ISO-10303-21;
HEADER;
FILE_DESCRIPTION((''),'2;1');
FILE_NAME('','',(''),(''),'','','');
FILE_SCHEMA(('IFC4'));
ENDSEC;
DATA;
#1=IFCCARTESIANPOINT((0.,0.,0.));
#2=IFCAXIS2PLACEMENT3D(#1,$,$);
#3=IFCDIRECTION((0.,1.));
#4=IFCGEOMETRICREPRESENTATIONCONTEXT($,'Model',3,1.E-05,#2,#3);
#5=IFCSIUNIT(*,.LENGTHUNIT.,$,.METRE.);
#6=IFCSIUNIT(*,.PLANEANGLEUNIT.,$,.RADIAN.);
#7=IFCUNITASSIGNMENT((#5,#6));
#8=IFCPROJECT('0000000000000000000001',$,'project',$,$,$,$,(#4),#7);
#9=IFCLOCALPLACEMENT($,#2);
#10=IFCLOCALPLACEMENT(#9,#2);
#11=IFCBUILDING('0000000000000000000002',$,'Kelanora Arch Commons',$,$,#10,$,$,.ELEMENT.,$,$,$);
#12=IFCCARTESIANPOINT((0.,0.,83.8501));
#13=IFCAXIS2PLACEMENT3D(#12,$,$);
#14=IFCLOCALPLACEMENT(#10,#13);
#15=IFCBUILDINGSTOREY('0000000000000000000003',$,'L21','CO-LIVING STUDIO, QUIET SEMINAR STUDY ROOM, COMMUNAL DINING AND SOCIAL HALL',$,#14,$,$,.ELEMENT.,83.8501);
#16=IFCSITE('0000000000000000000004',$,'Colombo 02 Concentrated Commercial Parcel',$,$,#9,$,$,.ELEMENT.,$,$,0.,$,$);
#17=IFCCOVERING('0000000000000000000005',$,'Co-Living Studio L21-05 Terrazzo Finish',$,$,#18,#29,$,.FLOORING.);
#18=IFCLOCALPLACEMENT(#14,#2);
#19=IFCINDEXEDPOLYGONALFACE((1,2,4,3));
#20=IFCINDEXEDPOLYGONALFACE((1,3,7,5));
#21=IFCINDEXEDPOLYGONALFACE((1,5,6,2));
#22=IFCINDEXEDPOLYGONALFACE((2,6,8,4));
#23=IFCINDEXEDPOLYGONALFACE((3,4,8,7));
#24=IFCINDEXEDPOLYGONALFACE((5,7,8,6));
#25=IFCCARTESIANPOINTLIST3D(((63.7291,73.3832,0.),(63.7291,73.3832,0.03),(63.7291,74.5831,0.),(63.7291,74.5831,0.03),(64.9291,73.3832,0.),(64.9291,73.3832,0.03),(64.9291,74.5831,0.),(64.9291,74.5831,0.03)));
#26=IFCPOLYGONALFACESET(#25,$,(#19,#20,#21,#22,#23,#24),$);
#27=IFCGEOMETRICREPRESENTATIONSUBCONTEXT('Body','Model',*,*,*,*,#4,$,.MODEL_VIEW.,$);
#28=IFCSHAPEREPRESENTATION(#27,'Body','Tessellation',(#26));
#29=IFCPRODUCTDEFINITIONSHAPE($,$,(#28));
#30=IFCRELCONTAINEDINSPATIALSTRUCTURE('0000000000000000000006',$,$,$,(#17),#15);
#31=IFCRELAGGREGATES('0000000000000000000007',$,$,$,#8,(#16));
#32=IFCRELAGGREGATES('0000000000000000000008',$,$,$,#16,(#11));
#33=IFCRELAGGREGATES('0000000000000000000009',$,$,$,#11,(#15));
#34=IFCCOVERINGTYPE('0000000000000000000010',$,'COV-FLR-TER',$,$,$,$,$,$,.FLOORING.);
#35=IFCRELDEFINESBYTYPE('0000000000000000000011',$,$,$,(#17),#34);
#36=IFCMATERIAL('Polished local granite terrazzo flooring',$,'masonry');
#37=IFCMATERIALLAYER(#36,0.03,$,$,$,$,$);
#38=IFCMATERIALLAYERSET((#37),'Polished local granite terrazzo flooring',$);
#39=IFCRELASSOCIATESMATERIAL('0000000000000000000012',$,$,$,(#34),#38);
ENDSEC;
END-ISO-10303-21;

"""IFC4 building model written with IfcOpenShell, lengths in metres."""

from ifc_helpers import new_model, si_unit, direction, frame, origin, origin_2d, place, context, subcontext, project, spatial, rectangle, extrude, source, transform, mapped, material, layer, layer_set, type_object, element, save


model = new_model("IFC4")

# Units and contexts
model_context = context("Model", 3, precision=1e-05, world=origin(), true_north=direction((0.0, 1.0)))
body_context = subcontext(model_context, "Body", "Model", "MODEL_VIEW")
ifc_project = project(units=[si_unit("LENGTHUNIT", "METRE"), si_unit("PLANEANGLEUNIT", "RADIAN")], contexts=[model_context])

# Site, building, storey
site_placement = place(None, origin())
site = spatial("IfcSite", under=ifc_project, at=site_placement, Name="Colombo 02 Concentrated Commercial Parcel", CompositionType="ELEMENT", RefElevation=0.0)
building_placement = place(site_placement, origin())
building = spatial("IfcBuilding", under=site, at=building_placement, Name="Kelanora Arch Commons", CompositionType="ELEMENT")
storey_placement = place(building_placement, frame((0.0, 0.0, 83.8501)))
storey = spatial("IfcBuildingStorey", under=building, at=storey_placement, Name="L21", Description="CO-LIVING STUDIO, QUIET SEMINAR STUDY ROOM, COMMUNAL DINING AND SOCIAL HALL", CompositionType="ELEMENT", Elevation=83.8501)

# Covering
ifc_material_1 = material(Name="Polished local granite terrazzo flooring", Category="masonry")
ifc_layer_1 = layer(ifc_material_1, 0.03)
ifc_layer_set_1 = layer_set([ifc_layer_1], Name="Polished local granite terrazzo flooring")
covering_type = type_object("IfcCoveringType", Name="COV-FLR-TER", PredefinedType="FLOORING", material=ifc_layer_set_1)
shared_shape_1 = source(origin(), body_context, "Body", "SweptSolid", [
    extrude(rectangle(XDim=1.2, YDim=1.2, at=origin_2d()), origin(), (0.0, 0.0, 1.0), 0.03),
])
for number, where, z_axis, x_axis, name in (
    (1, (64.3291, 73.9832, 0.0), (0.0, 0.0, 1.0), (1.0, 0.0, 0.0), "Co-Living Studio L21-05 Terrazzo Finish"),
):
    element("IfcCovering", number, at=place(storey_placement, frame(where, z_axis=z_axis, x_axis=x_axis)), inside=storey, type_object=covering_type, Name=name, PredefinedType="FLOORING", context=body_context, shape_type="MappedRepresentation", body=[
        mapped(shared_shape_1, transform((0.0, 0.0, 0.0), scale=1.0)),
    ])

save(model, "model.ifc")
